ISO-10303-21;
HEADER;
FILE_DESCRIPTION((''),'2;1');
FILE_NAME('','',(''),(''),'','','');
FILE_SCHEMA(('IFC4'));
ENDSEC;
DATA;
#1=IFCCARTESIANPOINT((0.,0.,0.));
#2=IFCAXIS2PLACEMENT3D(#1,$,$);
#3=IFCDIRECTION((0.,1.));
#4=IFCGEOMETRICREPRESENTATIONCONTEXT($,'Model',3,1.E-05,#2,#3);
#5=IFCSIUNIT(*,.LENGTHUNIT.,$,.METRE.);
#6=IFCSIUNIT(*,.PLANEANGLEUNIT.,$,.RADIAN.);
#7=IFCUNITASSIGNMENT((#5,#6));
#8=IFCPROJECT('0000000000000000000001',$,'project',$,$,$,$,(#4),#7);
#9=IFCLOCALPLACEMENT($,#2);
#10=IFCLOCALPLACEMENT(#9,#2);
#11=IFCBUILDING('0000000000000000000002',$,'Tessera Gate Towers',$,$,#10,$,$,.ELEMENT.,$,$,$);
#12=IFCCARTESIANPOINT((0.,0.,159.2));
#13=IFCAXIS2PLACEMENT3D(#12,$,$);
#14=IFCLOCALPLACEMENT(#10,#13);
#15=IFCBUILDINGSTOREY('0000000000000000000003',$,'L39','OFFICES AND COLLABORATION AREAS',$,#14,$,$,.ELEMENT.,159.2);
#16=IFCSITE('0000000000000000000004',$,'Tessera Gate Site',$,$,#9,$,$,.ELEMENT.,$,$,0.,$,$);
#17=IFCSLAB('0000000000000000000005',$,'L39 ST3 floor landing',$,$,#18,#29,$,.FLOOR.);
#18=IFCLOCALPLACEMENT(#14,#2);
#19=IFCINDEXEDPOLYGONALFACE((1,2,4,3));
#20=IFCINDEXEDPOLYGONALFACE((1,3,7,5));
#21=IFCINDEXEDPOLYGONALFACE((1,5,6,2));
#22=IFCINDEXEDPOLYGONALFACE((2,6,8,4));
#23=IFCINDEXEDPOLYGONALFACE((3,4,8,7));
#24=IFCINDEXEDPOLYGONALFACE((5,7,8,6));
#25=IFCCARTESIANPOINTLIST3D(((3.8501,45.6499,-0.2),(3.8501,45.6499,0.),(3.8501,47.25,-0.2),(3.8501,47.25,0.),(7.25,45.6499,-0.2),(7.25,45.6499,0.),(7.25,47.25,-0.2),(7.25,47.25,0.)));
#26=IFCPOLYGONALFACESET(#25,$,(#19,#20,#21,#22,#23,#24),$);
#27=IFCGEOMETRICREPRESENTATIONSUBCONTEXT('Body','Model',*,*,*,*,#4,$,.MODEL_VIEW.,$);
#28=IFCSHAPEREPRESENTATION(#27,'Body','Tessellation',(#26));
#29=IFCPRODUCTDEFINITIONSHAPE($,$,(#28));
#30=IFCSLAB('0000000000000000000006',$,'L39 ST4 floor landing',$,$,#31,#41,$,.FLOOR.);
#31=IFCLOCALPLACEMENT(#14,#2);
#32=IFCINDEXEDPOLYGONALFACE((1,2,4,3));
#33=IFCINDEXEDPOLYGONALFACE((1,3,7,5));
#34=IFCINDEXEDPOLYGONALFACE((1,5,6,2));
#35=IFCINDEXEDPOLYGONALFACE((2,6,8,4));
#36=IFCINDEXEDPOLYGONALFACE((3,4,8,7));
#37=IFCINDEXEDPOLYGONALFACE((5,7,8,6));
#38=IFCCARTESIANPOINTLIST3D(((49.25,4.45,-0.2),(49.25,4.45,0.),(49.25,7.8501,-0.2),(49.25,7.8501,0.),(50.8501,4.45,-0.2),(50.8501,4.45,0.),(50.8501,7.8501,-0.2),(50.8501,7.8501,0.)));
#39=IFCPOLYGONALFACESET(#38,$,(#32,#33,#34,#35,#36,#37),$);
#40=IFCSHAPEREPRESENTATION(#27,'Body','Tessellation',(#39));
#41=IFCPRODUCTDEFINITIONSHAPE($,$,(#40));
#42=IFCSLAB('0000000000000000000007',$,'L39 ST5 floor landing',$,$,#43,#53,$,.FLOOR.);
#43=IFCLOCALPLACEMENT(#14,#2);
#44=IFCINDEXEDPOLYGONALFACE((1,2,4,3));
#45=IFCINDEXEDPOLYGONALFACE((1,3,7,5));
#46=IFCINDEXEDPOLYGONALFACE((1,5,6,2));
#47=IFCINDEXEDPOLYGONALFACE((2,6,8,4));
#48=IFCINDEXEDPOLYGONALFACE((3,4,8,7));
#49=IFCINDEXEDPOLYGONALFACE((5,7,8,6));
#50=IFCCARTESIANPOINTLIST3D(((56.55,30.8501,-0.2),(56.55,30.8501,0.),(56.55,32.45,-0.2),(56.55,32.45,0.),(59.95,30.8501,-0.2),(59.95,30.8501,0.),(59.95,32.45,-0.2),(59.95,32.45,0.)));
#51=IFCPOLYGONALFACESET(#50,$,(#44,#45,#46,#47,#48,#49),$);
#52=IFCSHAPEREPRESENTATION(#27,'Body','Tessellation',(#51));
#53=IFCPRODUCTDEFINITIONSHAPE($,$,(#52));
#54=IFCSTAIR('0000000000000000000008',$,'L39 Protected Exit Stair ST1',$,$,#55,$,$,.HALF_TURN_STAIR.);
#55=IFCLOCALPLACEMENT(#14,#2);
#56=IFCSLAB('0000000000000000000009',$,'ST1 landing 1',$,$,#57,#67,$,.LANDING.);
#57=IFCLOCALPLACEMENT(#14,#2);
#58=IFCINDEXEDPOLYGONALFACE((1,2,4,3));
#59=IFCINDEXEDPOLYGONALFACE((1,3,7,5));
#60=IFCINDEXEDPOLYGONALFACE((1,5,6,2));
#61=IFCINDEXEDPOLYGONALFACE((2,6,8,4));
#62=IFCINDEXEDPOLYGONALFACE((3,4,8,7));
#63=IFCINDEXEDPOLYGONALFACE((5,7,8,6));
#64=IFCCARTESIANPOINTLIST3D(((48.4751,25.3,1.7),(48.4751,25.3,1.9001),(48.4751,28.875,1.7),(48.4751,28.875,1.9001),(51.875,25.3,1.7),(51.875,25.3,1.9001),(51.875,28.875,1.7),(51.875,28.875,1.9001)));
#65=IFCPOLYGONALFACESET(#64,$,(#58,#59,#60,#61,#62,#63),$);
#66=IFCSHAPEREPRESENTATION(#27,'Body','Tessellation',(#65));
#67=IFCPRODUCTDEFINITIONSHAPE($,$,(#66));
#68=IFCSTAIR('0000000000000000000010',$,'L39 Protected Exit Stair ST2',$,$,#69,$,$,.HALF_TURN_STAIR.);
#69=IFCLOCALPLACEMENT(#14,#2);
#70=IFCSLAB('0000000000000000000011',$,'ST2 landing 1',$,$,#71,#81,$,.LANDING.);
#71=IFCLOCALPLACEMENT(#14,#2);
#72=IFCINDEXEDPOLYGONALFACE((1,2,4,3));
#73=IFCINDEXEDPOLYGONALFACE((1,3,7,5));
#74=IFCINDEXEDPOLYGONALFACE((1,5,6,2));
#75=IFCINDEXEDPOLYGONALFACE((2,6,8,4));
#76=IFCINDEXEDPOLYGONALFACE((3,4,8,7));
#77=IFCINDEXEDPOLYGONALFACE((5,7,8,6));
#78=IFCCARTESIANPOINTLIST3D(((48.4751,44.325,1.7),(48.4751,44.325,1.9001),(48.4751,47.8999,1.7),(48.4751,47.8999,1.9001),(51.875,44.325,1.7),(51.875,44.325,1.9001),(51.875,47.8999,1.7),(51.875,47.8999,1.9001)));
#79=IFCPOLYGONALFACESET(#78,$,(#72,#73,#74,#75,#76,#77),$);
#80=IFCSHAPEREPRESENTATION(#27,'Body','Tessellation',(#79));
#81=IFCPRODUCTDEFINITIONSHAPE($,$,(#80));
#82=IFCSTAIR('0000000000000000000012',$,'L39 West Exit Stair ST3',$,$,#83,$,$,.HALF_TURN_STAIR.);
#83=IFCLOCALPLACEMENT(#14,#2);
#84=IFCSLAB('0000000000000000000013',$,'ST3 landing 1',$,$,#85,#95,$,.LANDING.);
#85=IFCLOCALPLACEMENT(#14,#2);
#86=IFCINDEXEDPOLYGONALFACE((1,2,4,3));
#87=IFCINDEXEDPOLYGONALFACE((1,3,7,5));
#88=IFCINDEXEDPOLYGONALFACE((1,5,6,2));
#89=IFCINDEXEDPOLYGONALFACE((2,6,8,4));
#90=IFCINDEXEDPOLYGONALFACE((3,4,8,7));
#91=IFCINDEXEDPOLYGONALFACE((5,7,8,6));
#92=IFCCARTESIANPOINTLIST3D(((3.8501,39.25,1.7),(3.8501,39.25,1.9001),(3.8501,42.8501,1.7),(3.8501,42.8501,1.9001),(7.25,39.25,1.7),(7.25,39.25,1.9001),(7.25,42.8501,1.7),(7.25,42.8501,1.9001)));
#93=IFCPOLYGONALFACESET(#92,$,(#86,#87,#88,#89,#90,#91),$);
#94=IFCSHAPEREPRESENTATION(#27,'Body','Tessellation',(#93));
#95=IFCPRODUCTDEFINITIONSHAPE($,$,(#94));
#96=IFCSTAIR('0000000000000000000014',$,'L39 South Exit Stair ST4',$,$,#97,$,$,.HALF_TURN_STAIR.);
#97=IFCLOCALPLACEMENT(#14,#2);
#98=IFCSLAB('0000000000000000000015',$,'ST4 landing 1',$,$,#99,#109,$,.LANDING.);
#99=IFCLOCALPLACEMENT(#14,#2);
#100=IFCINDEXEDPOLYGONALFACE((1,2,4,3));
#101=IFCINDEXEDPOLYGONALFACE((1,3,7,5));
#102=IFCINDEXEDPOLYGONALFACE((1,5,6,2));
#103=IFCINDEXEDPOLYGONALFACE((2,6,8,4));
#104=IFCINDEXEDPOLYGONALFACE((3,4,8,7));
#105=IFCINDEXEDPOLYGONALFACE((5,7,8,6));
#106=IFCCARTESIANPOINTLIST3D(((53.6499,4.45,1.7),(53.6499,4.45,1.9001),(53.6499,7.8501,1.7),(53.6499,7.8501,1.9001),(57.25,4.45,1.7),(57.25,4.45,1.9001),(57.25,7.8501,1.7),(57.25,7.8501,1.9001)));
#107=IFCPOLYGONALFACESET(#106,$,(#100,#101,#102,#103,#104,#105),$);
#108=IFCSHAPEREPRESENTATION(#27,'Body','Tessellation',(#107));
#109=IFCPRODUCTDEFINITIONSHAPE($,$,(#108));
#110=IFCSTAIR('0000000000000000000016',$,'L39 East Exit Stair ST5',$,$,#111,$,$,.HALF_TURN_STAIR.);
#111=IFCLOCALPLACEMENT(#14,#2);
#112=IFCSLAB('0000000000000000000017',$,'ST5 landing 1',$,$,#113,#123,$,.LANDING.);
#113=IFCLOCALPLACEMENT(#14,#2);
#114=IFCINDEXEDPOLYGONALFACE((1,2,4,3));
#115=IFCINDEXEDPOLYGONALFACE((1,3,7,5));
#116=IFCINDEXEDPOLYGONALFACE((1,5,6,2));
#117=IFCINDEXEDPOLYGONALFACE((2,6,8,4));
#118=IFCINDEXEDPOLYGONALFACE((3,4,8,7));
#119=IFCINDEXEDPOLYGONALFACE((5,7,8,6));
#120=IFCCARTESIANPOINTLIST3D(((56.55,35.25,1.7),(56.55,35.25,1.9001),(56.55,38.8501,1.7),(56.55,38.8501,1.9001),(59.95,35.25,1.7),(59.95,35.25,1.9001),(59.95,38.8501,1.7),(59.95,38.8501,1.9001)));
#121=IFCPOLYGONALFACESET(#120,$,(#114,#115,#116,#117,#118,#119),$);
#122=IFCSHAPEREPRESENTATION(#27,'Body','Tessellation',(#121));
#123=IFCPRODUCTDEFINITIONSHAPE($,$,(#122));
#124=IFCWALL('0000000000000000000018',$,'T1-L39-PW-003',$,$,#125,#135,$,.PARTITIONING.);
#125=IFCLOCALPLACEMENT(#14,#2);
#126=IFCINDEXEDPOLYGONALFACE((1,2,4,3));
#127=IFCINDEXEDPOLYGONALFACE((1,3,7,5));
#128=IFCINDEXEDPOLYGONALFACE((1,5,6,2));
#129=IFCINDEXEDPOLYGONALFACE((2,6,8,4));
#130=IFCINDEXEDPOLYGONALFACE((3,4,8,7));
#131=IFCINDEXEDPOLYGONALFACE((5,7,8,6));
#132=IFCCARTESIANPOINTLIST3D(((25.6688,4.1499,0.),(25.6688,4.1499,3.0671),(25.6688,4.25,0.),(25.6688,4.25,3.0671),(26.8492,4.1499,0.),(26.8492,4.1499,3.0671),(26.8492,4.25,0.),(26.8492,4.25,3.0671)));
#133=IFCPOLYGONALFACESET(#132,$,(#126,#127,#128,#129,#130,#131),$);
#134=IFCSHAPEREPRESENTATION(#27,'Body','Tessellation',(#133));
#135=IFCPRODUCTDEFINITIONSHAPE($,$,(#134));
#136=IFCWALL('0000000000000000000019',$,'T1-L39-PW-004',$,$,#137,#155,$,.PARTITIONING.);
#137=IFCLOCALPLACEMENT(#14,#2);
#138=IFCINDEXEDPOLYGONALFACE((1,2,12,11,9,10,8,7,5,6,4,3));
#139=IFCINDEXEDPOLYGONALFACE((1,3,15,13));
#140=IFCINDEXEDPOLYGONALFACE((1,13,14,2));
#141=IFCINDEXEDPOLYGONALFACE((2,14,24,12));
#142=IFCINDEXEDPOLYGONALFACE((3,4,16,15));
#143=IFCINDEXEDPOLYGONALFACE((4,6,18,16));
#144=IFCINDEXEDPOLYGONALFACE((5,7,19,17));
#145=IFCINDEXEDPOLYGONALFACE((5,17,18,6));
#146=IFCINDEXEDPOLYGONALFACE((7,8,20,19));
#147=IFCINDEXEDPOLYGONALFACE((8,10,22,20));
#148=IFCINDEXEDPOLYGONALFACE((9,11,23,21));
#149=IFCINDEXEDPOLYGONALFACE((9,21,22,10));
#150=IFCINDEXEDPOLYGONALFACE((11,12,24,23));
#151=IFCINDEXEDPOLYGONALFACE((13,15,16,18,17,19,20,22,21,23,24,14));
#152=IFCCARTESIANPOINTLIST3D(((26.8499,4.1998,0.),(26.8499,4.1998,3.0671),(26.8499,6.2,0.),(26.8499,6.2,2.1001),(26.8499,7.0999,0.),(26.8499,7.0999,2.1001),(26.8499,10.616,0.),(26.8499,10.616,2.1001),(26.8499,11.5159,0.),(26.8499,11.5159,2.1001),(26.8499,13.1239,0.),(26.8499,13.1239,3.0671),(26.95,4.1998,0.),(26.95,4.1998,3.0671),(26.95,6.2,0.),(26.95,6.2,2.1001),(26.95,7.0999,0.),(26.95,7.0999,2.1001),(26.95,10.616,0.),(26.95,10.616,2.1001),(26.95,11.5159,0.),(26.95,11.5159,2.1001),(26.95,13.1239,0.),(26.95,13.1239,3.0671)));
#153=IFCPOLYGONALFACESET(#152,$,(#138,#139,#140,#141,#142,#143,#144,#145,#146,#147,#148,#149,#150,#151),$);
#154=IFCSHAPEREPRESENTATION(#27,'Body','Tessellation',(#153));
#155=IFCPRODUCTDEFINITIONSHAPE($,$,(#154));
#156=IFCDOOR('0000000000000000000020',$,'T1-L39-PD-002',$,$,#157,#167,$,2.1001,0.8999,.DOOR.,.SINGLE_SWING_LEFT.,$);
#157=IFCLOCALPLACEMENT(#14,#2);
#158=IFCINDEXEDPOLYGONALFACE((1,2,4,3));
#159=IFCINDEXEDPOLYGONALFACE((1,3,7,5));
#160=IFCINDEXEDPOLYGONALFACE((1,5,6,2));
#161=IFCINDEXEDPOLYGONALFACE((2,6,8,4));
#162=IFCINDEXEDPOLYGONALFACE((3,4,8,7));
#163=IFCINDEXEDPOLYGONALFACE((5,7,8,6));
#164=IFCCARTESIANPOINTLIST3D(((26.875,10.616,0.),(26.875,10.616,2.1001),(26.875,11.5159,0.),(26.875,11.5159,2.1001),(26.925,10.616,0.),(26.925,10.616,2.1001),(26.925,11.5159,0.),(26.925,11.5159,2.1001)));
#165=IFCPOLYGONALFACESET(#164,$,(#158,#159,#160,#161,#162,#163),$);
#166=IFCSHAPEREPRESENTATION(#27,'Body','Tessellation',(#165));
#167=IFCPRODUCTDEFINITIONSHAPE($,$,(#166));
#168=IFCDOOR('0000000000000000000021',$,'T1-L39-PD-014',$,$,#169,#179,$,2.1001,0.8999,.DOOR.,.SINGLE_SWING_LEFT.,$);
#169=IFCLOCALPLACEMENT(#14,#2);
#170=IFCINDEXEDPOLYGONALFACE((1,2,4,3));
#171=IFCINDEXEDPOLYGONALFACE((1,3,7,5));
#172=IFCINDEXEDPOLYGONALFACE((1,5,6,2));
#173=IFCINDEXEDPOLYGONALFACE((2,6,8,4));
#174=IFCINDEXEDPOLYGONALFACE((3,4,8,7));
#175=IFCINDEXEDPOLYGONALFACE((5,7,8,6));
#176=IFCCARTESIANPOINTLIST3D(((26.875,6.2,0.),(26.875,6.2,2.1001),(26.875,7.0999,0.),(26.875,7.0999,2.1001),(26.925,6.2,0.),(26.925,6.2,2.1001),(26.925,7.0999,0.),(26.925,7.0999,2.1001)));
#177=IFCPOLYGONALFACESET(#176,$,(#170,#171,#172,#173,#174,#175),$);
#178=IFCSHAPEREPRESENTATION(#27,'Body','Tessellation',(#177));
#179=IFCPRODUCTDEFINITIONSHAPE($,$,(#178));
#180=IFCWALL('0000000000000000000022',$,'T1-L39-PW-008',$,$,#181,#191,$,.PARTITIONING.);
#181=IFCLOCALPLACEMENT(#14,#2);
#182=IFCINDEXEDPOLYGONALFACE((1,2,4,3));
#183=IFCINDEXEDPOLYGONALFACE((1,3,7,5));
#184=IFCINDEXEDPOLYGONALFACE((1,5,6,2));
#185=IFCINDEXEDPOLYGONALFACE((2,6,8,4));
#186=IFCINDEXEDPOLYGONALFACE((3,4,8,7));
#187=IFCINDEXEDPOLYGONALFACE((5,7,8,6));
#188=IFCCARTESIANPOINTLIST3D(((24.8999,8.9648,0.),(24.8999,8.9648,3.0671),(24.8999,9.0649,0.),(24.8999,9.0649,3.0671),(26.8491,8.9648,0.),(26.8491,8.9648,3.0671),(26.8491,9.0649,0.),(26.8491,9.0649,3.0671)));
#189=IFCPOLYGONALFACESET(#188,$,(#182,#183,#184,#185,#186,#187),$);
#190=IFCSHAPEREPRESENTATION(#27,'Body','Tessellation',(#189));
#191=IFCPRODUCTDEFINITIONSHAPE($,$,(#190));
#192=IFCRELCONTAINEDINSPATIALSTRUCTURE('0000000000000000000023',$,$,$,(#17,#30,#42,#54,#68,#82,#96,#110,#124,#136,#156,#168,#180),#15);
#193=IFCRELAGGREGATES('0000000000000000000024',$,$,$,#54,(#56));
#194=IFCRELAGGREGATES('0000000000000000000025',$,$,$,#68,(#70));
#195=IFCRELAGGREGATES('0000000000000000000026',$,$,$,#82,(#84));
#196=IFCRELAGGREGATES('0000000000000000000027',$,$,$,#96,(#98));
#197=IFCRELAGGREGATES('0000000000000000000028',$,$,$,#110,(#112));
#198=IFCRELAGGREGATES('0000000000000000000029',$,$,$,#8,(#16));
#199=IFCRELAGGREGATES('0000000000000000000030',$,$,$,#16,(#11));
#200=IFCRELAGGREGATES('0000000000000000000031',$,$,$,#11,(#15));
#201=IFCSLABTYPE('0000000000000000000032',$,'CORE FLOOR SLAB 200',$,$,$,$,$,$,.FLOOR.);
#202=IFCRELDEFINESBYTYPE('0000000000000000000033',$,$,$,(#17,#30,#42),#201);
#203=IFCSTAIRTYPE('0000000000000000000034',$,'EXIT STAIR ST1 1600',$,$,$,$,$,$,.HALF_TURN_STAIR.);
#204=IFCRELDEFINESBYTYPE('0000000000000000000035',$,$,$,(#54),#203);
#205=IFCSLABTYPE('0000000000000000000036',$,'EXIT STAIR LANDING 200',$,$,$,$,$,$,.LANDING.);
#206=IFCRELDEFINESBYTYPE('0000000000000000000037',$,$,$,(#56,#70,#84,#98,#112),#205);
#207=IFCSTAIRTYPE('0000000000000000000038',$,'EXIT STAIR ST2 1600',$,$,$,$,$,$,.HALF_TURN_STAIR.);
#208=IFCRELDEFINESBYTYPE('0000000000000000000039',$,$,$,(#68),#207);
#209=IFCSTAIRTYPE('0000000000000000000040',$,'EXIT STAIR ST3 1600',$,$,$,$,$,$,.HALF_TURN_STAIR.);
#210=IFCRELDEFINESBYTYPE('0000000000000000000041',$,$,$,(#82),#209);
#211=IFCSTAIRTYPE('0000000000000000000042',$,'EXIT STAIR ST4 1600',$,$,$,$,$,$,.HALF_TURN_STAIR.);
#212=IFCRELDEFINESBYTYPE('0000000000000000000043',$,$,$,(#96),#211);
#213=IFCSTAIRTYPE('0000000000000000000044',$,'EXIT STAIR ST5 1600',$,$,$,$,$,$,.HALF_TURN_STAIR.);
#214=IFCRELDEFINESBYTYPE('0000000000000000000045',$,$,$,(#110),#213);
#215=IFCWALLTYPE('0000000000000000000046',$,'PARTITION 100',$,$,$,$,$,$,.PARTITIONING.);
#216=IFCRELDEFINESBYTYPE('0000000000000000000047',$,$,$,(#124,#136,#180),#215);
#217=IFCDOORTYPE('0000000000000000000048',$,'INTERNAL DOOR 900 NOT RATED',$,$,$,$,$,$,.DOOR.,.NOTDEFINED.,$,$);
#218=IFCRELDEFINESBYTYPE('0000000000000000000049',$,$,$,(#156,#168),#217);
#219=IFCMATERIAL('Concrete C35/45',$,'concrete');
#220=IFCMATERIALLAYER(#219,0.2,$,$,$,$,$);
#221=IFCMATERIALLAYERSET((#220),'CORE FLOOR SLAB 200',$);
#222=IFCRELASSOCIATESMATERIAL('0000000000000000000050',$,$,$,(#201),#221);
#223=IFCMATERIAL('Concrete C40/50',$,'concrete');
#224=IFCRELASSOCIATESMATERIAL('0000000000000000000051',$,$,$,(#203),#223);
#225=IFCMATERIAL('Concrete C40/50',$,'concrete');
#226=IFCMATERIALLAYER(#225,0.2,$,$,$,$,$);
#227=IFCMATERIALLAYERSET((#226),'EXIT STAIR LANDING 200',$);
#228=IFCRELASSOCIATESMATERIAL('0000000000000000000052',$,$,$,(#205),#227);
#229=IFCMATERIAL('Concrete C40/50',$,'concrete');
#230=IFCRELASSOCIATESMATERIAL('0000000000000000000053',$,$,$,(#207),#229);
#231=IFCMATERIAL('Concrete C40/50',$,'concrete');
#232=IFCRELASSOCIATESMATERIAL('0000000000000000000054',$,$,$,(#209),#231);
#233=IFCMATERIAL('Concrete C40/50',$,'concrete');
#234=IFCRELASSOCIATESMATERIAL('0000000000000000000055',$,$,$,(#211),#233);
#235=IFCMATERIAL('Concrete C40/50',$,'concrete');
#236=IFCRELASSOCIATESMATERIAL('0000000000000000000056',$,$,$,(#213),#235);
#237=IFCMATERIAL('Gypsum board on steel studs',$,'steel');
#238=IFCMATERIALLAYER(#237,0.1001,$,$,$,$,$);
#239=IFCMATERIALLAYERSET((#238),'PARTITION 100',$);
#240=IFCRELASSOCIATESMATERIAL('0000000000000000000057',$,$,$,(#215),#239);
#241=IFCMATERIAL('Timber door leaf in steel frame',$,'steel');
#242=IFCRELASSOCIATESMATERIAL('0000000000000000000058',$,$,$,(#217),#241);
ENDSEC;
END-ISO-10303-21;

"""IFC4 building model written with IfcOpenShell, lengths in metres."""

from ifc_helpers import new_model, si_unit, direction, frame, frame_2d, origin, place, context, subcontext, project, spatial, polyline, rectangle, outline, extrude, source, transform, mapped, material, layer, layer_set, type_object, element, fill, aggregate, save


model = new_model("IFC4")

# Units and contexts
model_context = context("Model", 3, precision=1e-05, world=origin(), true_north=direction((0.0, 1.0)))
body_context = subcontext(model_context, "Body", "Model", "MODEL_VIEW")
ifc_project = project(units=[si_unit("LENGTHUNIT", "METRE"), si_unit("PLANEANGLEUNIT", "RADIAN")], contexts=[model_context])

# Site, building, storey
site_placement = place(None, origin())
site = spatial("IfcSite", under=ifc_project, at=site_placement, Name="Tessera Gate Site", CompositionType="ELEMENT", RefElevation=0.0)
building_placement = place(site_placement, origin())
building = spatial("IfcBuilding", under=site, at=building_placement, Name="Tessera Gate Towers", CompositionType="ELEMENT")
storey_placement = place(building_placement, frame((0.0, 0.0, 159.2)))
storey = spatial("IfcBuildingStorey", under=building, at=storey_placement, Name="L39", Description="OFFICES AND COLLABORATION AREAS", CompositionType="ELEMENT", Elevation=159.2)

# Slabs
ifc_material_1 = material(Name="Concrete C35/45", Category="concrete")
ifc_layer_1 = layer(ifc_material_1, 0.2)
ifc_layer_set_1 = layer_set([ifc_layer_1], Name="CORE FLOOR SLAB 200")
slab_type_1 = type_object("IfcSlabType", Name="CORE FLOOR SLAB 200", PredefinedType="FLOOR", material=ifc_layer_set_1)
slab_1_placement = place(storey_placement, frame((0.0, 0.0, -0.2)))
element("IfcSlab", 1, at=slab_1_placement, inside=storey, type_object=slab_type_1, Name="L39 ST3 floor landing", PredefinedType="FLOOR", context=body_context, shape_type="SweptSolid", body=[
    extrude(outline(polyline([(3.8501, 47.25), (3.8501, 45.6499), (7.25, 45.6499), (7.25, 47.25), (3.8501, 47.25)])), origin(), (0.0, 0.0, 1.0), 0.2),
])
slab_2_placement = place(storey_placement, frame((0.0, 0.0, -0.2)))
element("IfcSlab", 2, at=slab_2_placement, inside=storey, type_object=slab_type_1, Name="L39 ST4 floor landing", PredefinedType="FLOOR", context=body_context, shape_type="SweptSolid", body=[
    extrude(outline(polyline([(49.25, 4.45), (50.8501, 4.45), (50.8501, 7.8501), (49.25, 7.8501), (49.25, 4.45)])), origin(), (0.0, 0.0, 1.0), 0.2),
])
slab_3_placement = place(storey_placement, frame((0.0, 0.0, -0.2)))
element("IfcSlab", 3, at=slab_3_placement, inside=storey, type_object=slab_type_1, Name="L39 ST5 floor landing", PredefinedType="FLOOR", context=body_context, shape_type="SweptSolid", body=[
    extrude(outline(polyline([(59.95, 30.8501), (59.95, 32.45), (56.55, 32.45), (56.55, 30.8501), (59.95, 30.8501)])), origin(), (0.0, 0.0, 1.0), 0.2),
])

# Stairs, slabs
ifc_material_2 = material(Name="Concrete C40/50", Category="concrete")
stair_type_1 = type_object("IfcStairType", Name="EXIT STAIR ST1 1600", PredefinedType="HALF_TURN_STAIR", material=ifc_material_2)
stair_1_placement = place(storey_placement, origin())
stair_1 = element("IfcStair", 4, at=stair_1_placement, inside=storey, type_object=stair_type_1, Name="L39 Protected Exit Stair ST1", PredefinedType="HALF_TURN_STAIR")
ifc_material_3 = material(Name="Concrete C40/50", Category="concrete")
ifc_layer_2 = layer(ifc_material_3, 0.2)
ifc_layer_set_2 = layer_set([ifc_layer_2], Name="EXIT STAIR LANDING 200")
slab_type_2 = type_object("IfcSlabType", Name="EXIT STAIR LANDING 200", PredefinedType="LANDING", material=ifc_layer_set_2)
slab_4_placement = place(storey_placement, frame((0.0, 0.0, 1.7)))
slab_4 = element("IfcSlab", 5, at=slab_4_placement, type_object=slab_type_2, Name="ST1 landing 1", PredefinedType="LANDING", context=body_context, shape_type="SweptSolid", body=[
    extrude(outline(polyline([(48.4751, 28.875), (48.4751, 25.3), (51.875, 25.3), (51.875, 28.875), (48.4751, 28.875)])), origin(), (0.0, 0.0, 1.0), 0.2002),
])
aggregate(stair_1, [slab_4])
ifc_material_4 = material(Name="Concrete C40/50", Category="concrete")
stair_type_2 = type_object("IfcStairType", Name="EXIT STAIR ST2 1600", PredefinedType="HALF_TURN_STAIR", material=ifc_material_4)
stair_2_placement = place(storey_placement, origin())
stair_2 = element("IfcStair", 6, at=stair_2_placement, inside=storey, type_object=stair_type_2, Name="L39 Protected Exit Stair ST2", PredefinedType="HALF_TURN_STAIR")
slab_5_placement = place(storey_placement, frame((0.0, 0.0, 1.7)))
slab_5 = element("IfcSlab", 7, at=slab_5_placement, type_object=slab_type_2, Name="ST2 landing 1", PredefinedType="LANDING", context=body_context, shape_type="SweptSolid", body=[
    extrude(outline(polyline([(51.875, 44.325), (51.875, 47.8999), (48.4751, 47.8999), (48.4751, 44.325), (51.875, 44.325)])), origin(), (0.0, 0.0, 1.0), 0.2002),
])
aggregate(stair_2, [slab_5])
ifc_material_5 = material(Name="Concrete C40/50", Category="concrete")
stair_type_3 = type_object("IfcStairType", Name="EXIT STAIR ST3 1600", PredefinedType="HALF_TURN_STAIR", material=ifc_material_5)
stair_3_placement = place(storey_placement, origin())
stair_3 = element("IfcStair", 8, at=stair_3_placement, inside=storey, type_object=stair_type_3, Name="L39 West Exit Stair ST3", PredefinedType="HALF_TURN_STAIR")
slab_6_placement = place(storey_placement, frame((0.0, 0.0, 1.7)))
slab_6 = element("IfcSlab", 9, at=slab_6_placement, type_object=slab_type_2, Name="ST3 landing 1", PredefinedType="LANDING", context=body_context, shape_type="SweptSolid", body=[
    extrude(outline(polyline([(3.8501, 42.8501), (3.8501, 39.25), (7.25, 39.25), (7.25, 42.8501), (3.8501, 42.8501)])), origin(), (0.0, 0.0, 1.0), 0.2002),
])
aggregate(stair_3, [slab_6])
ifc_material_6 = material(Name="Concrete C40/50", Category="concrete")
stair_type_4 = type_object("IfcStairType", Name="EXIT STAIR ST4 1600", PredefinedType="HALF_TURN_STAIR", material=ifc_material_6)
stair_4_placement = place(storey_placement, origin())
stair_4 = element("IfcStair", 10, at=stair_4_placement, inside=storey, type_object=stair_type_4, Name="L39 South Exit Stair ST4", PredefinedType="HALF_TURN_STAIR")
slab_7_placement = place(storey_placement, frame((0.0, 0.0, 1.7)))
slab_7 = element("IfcSlab", 11, at=slab_7_placement, type_object=slab_type_2, Name="ST4 landing 1", PredefinedType="LANDING", context=body_context, shape_type="SweptSolid", body=[
    extrude(outline(polyline([(53.6499, 4.45), (57.25, 4.45), (57.25, 7.8501), (53.6499, 7.8501), (53.6499, 4.45)])), origin(), (0.0, 0.0, 1.0), 0.2002),
])
aggregate(stair_4, [slab_7])
ifc_material_7 = material(Name="Concrete C40/50", Category="concrete")
stair_type_5 = type_object("IfcStairType", Name="EXIT STAIR ST5 1600", PredefinedType="HALF_TURN_STAIR", material=ifc_material_7)
stair_5_placement = place(storey_placement, origin())
stair_5 = element("IfcStair", 12, at=stair_5_placement, inside=storey, type_object=stair_type_5, Name="L39 East Exit Stair ST5", PredefinedType="HALF_TURN_STAIR")
slab_8_placement = place(storey_placement, frame((0.0, 0.0, 1.7)))
slab_8 = element("IfcSlab", 13, at=slab_8_placement, type_object=slab_type_2, Name="ST5 landing 1", PredefinedType="LANDING", context=body_context, shape_type="SweptSolid", body=[
    extrude(outline(polyline([(59.95, 35.25), (59.95, 38.8501), (56.55, 38.8501), (56.55, 35.25), (59.95, 35.25)])), origin(), (0.0, 0.0, 1.0), 0.2002),
])
aggregate(stair_5, [slab_8])

# Wall
ifc_material_8 = material(Name="Gypsum board on steel studs", Category="steel")
ifc_layer_3 = layer(ifc_material_8, 0.1001)
ifc_layer_set_3 = layer_set([ifc_layer_3], Name="PARTITION 100")
wall_type_1 = type_object("IfcWallType", Name="PARTITION 100", PredefinedType="PARTITIONING", material=ifc_layer_set_3)
wall_1_placement = place(storey_placement, frame((25.6687, 4.2, 0.0), z_axis=(0.0, 0.0, 1.0), x_axis=(1.0, 0.0, 0.0)))
element("IfcWall", 14, at=wall_1_placement, inside=storey, type_object=wall_type_1, Name="T1-L39-PW-003", PredefinedType="PARTITIONING", context=body_context, shape_type="SweptSolid", body=[
    extrude(rectangle(XDim=1.1804, YDim=0.1001, at=frame_2d((0.5903, 0.0))), origin(), (0.0, 0.0, 1.0), 3.0671),
])

# Wall, openings, doors
wall_2_placement = place(storey_placement, frame((26.8999, 4.2, 0.0), z_axis=(0.0, 0.0, 1.0), x_axis=(0.0, 1.0, 0.0)))
wall_2 = element("IfcWall", 15, at=wall_2_placement, inside=storey, type_object=wall_type_1, Name="T1-L39-PW-004", PredefinedType="PARTITIONING", context=body_context, shape_type="SweptSolid", body=[
    extrude(rectangle(XDim=8.9241, YDim=0.1001, at=frame_2d((4.4619, 0.0))), origin(), (0.0, 0.0, 1.0), 3.0671),
])
shared_shape_1 = source(origin(), body_context, "Body", "SweptSolid", [
    extrude(rectangle(XDim=0.8999, YDim=2.1001, at=frame_2d((0.45, 1.05))), frame((0.0, 0.0601, 0.0), z_axis=(0.0, -1.0, 0.0), x_axis=(1.0, 0.0, 0.0)), (0.0, 0.0, 1.0), 0.1201),
])
opening_1_placement = place(wall_2_placement, frame((6.416, 0.0, 0.0)))
opening_1 = element("IfcOpeningElement", 16, at=opening_1_placement, cuts=wall_2, PredefinedType="OPENING", context=body_context, shape_type="MappedRepresentation", body=[
    mapped(shared_shape_1, transform((0.0, 0.0, 0.0), scale=1.0)),
])
opening_2_placement = place(wall_2_placement, frame((2.0, 0.0, 0.0)))
opening_2 = element("IfcOpeningElement", 17, at=opening_2_placement, cuts=wall_2, PredefinedType="OPENING", context=body_context, shape_type="MappedRepresentation", body=[
    mapped(shared_shape_1, transform((0.0, 0.0, 0.0), scale=1.0)),
])
ifc_material_9 = material(Name="Timber door leaf in steel frame", Category="steel")
door_type = type_object("IfcDoorType", Name="INTERNAL DOOR 900 NOT RATED", OperationType="NOTDEFINED", PredefinedType="DOOR", material=ifc_material_9)
shared_shape_2 = source(origin(), body_context, "Body", "SweptSolid", [
    extrude(rectangle(XDim=0.8999, YDim=2.1001, at=frame_2d((0.45, 1.05))), frame((0.0, 0.0249, 0.0), z_axis=(0.0, -1.0, 0.0), x_axis=(1.0, 0.0, 0.0)), (0.0, 0.0, 1.0), 0.05),
])
door_1_placement = place(opening_1_placement, origin())
door_1 = element("IfcDoor", 18, at=door_1_placement, inside=storey, type_object=door_type, Name="T1-L39-PD-002", OperationType="SINGLE_SWING_LEFT", OverallHeight=2.1001, OverallWidth=0.8999, PredefinedType="DOOR", context=body_context, shape_type="MappedRepresentation", body=[
    mapped(shared_shape_2, transform((0.0, 0.0, 0.0), scale=1.0)),
])
fill(opening_1, door_1)
door_2_placement = place(opening_2_placement, origin())
door_2 = element("IfcDoor", 19, at=door_2_placement, inside=storey, type_object=door_type, Name="T1-L39-PD-014", OperationType="SINGLE_SWING_LEFT", OverallHeight=2.1001, OverallWidth=0.8999, PredefinedType="DOOR", context=body_context, shape_type="MappedRepresentation", body=[
    mapped(shared_shape_2, transform((0.0, 0.0, 0.0), scale=1.0)),
])
fill(opening_2, door_2)

# Wall
wall_3_placement = place(storey_placement, frame((24.8999, 9.0149, 0.0), z_axis=(0.0, 0.0, 1.0), x_axis=(1.0, 0.0, 0.0)))
element("IfcWall", 20, at=wall_3_placement, inside=storey, type_object=wall_type_1, Name="T1-L39-PW-008", PredefinedType="PARTITIONING", context=body_context, shape_type="SweptSolid", body=[
    extrude(rectangle(XDim=1.9492, YDim=0.1001, at=frame_2d((0.9746, 0.0))), origin(), (0.0, 0.0, 1.0), 3.0671),
])

save(model, "model.ifc")
